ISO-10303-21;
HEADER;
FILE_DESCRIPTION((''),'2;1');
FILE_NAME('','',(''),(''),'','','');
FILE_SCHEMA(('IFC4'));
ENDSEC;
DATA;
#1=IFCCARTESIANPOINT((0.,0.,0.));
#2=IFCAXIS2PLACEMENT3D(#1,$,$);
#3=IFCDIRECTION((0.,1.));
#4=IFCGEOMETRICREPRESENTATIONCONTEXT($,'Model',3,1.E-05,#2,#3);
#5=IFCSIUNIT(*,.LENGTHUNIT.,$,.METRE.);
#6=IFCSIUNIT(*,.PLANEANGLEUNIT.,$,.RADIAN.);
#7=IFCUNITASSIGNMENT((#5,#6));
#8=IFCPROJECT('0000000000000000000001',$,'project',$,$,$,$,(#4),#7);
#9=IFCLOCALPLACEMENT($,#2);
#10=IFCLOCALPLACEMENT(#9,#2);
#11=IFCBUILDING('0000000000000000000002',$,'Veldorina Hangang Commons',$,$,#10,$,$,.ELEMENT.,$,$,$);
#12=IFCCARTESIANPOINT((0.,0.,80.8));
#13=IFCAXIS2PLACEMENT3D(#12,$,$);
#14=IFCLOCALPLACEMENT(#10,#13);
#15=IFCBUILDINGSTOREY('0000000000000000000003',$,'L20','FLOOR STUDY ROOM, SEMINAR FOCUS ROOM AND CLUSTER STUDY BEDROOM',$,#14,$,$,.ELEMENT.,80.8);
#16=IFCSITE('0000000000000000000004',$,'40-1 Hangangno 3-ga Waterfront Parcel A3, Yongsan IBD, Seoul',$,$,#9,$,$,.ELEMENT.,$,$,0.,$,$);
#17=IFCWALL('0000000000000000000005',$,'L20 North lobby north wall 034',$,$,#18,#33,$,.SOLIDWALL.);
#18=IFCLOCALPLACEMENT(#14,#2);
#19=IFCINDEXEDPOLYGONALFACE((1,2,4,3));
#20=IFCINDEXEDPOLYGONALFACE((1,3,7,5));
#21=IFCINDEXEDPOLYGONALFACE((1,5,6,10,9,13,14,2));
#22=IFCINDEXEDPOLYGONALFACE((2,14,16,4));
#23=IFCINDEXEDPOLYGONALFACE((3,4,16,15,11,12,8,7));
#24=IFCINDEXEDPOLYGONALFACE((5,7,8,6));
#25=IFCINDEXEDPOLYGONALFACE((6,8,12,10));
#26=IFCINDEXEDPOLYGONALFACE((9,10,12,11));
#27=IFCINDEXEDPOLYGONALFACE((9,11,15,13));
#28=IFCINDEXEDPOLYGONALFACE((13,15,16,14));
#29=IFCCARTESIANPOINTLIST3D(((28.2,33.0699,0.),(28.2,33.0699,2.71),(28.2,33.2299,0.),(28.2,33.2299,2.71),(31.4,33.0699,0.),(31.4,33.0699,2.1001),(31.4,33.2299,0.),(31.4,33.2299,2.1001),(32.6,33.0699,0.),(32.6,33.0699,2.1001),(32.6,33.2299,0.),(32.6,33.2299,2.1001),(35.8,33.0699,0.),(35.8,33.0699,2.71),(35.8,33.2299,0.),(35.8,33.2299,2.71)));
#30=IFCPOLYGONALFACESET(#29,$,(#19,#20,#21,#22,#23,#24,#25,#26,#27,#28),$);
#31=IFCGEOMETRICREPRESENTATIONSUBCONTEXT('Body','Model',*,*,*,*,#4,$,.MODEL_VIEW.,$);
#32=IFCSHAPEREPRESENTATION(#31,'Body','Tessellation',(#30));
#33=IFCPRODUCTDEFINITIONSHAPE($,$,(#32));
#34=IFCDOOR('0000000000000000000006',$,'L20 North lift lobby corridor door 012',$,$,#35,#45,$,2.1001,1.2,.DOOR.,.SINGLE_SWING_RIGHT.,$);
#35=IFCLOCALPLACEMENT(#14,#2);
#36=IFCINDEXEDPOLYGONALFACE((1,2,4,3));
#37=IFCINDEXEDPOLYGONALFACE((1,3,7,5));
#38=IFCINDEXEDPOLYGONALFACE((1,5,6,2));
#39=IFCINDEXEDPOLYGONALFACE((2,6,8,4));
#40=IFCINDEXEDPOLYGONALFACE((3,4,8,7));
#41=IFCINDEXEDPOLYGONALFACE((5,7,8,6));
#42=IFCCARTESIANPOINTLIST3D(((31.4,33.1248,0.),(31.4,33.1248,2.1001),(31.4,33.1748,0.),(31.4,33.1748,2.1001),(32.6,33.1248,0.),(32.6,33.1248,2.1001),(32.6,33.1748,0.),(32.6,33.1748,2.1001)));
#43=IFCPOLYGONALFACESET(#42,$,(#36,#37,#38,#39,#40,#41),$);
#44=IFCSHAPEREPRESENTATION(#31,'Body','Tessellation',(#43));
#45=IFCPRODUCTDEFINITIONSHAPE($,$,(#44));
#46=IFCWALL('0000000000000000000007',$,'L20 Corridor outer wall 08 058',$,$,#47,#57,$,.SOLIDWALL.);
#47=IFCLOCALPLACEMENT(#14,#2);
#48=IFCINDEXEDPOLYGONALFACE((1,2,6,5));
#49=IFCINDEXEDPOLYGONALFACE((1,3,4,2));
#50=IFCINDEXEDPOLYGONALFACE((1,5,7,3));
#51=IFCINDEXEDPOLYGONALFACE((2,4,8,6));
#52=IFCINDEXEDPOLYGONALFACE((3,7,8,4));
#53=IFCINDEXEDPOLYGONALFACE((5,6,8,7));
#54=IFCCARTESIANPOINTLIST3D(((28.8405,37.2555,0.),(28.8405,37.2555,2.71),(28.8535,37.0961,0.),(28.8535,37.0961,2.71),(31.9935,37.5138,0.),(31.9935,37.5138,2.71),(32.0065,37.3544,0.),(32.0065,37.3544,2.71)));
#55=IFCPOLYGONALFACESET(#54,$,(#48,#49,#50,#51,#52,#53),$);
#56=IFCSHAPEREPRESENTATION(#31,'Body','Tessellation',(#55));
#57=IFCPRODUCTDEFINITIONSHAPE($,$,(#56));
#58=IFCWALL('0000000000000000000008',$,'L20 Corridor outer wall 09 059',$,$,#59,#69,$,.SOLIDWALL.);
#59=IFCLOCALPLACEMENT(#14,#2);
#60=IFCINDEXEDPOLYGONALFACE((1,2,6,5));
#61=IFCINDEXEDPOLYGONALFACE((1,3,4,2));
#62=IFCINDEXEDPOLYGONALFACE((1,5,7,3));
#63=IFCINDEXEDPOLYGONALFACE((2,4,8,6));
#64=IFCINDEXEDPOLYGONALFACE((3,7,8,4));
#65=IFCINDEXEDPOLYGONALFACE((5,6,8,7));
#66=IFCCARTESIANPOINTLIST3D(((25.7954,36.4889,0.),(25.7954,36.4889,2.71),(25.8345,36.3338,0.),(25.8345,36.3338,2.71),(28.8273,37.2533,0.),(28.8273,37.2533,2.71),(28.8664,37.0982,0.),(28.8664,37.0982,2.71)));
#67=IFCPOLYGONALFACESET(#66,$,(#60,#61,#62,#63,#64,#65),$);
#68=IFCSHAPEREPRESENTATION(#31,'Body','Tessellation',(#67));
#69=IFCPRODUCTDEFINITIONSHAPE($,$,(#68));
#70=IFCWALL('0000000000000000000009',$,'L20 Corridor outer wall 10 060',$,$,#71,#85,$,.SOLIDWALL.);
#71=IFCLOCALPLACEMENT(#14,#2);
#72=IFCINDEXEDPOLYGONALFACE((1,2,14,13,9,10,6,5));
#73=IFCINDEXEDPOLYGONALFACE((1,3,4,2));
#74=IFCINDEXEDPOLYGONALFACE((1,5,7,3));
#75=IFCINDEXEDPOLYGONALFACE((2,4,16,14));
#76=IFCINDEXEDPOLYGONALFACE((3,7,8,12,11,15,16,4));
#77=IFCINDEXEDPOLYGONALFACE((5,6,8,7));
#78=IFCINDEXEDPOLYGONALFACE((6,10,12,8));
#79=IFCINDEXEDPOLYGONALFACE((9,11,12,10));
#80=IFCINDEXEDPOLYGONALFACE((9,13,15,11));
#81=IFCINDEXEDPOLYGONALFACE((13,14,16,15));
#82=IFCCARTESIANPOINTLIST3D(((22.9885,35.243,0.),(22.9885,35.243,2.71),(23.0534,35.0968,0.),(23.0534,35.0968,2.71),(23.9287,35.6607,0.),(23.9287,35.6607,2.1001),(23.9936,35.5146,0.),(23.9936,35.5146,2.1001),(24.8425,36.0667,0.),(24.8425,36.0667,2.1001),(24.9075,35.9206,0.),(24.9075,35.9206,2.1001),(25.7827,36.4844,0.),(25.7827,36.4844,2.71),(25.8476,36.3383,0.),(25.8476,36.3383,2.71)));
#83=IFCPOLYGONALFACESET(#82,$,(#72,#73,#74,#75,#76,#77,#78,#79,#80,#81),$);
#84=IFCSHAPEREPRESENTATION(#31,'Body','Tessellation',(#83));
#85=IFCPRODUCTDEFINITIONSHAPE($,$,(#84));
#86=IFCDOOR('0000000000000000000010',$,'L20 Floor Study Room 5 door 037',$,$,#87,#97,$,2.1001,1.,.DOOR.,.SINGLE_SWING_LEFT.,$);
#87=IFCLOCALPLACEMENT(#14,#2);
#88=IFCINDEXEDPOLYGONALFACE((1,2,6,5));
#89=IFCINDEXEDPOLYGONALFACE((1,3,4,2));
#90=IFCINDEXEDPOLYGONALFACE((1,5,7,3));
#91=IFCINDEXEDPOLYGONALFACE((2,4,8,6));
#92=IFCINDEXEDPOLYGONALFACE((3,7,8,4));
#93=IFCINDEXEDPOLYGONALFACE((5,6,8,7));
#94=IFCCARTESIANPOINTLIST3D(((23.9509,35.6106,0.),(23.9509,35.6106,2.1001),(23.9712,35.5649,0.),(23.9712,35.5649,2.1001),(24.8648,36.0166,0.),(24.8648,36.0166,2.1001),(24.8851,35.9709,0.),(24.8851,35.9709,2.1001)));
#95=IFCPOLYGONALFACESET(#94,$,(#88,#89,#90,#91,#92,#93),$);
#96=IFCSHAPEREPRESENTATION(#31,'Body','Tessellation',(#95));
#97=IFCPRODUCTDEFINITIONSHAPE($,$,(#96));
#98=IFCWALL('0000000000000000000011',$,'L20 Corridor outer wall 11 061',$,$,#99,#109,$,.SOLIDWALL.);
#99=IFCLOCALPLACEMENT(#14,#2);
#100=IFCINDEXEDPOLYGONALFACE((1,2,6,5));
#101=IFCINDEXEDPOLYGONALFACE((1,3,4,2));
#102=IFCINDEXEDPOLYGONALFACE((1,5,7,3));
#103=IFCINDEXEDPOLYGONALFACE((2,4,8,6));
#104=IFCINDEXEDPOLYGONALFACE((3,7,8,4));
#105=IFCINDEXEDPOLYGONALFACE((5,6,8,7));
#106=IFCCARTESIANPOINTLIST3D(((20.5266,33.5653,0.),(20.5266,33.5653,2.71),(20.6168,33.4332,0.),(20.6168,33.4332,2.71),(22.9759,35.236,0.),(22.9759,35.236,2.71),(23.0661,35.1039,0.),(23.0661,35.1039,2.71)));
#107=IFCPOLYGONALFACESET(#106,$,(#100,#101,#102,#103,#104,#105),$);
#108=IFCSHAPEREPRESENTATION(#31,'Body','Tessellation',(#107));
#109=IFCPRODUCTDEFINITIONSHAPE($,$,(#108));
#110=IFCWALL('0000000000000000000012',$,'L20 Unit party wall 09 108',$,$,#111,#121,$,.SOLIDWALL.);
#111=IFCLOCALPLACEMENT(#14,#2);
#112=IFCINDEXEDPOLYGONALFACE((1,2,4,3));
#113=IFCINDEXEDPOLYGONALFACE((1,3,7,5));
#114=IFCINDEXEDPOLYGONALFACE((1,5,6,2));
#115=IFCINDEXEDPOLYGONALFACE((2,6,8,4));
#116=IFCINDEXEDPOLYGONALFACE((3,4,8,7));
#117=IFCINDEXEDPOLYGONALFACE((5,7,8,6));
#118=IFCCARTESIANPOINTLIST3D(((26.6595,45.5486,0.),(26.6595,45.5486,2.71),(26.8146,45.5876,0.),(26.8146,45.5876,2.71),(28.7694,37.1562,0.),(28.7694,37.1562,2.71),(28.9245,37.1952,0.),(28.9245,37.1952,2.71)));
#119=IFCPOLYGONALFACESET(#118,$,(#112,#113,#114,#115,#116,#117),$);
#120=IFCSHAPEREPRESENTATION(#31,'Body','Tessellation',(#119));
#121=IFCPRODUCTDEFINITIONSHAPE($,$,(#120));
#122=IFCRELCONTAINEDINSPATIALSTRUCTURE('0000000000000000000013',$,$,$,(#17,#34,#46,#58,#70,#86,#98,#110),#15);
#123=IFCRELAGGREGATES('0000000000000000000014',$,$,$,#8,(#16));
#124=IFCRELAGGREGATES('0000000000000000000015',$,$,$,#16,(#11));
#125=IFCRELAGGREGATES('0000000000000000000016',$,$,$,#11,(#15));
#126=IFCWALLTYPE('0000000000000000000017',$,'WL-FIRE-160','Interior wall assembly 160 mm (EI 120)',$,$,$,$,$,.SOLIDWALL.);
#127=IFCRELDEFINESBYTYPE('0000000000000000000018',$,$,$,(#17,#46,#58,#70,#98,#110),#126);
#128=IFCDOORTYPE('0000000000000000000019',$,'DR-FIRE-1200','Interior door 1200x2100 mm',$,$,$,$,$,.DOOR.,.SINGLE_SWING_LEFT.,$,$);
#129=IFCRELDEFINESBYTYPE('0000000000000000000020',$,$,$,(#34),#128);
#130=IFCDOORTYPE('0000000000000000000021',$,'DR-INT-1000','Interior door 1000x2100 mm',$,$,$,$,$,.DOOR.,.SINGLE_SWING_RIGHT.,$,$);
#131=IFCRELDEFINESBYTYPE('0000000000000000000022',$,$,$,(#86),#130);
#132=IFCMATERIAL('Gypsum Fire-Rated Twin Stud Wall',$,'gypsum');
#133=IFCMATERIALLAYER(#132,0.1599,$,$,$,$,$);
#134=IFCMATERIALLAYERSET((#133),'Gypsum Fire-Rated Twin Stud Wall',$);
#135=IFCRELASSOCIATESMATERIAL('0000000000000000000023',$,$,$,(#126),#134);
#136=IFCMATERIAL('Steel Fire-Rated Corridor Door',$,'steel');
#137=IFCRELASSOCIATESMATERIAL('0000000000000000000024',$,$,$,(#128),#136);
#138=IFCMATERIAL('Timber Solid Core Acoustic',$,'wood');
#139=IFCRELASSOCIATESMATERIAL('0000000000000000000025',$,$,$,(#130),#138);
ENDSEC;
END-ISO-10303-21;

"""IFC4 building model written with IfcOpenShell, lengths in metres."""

from ifc_helpers import new_model, si_unit, direction, frame, frame_2d, origin, place, context, subcontext, project, spatial, rectangle, extrude, material, layer, layer_set, type_object, element, fill, save


model = new_model("IFC4")

# Units and contexts
model_context = context("Model", 3, precision=1e-05, world=origin(), true_north=direction((0.0, 1.0)))
body_context = subcontext(model_context, "Body", "Model", "MODEL_VIEW")
ifc_project = project(units=[si_unit("LENGTHUNIT", "METRE"), si_unit("PLANEANGLEUNIT", "RADIAN")], contexts=[model_context])

# Site, building, storey
site_placement = place(None, origin())
site = spatial("IfcSite", under=ifc_project, at=site_placement, Name="40-1 Hangangno 3-ga Waterfront Parcel A3, Yongsan IBD, Seoul", CompositionType="ELEMENT", RefElevation=0.0)
building_placement = place(site_placement, origin())
building = spatial("IfcBuilding", under=site, at=building_placement, Name="Veldorina Hangang Commons", CompositionType="ELEMENT")
storey_placement = place(building_placement, frame((0.0, 0.0, 80.8)))
storey = spatial("IfcBuildingStorey", under=building, at=storey_placement, Name="L20", Description="FLOOR STUDY ROOM, SEMINAR FOCUS ROOM AND CLUSTER STUDY BEDROOM", CompositionType="ELEMENT", Elevation=80.8)

# Wall, opening, door
ifc_material_1 = material(Name="Gypsum Fire-Rated Twin Stud Wall", Category="gypsum")
ifc_layer_1 = layer(ifc_material_1, 0.1599)
ifc_layer_set_1 = layer_set([ifc_layer_1], Name="Gypsum Fire-Rated Twin Stud Wall")
wall_type_1 = type_object("IfcWallType", Name="WL-FIRE-160", Description="Interior wall assembly 160 mm (EI 120)", PredefinedType="SOLIDWALL", material=ifc_layer_set_1)
wall_1_placement = place(storey_placement, frame((28.2, 33.1499, 0.0), z_axis=(0.0, 0.0, 1.0), x_axis=(1.0, 0.0, 0.0)))
wall_1 = element("IfcWall", 1, at=wall_1_placement, inside=storey, type_object=wall_type_1, Name="L20 North lobby north wall 034", PredefinedType="SOLIDWALL", context=body_context, shape_type="SweptSolid", body=[
    extrude(rectangle(XDim=7.6001, YDim=0.1599, at=frame_2d((3.8, 0.0))), origin(), (0.0, 0.0, 1.0), 2.71),
])
opening_1_placement = place(wall_1_placement, frame((3.2, 0.0, 0.0)))
opening_1 = element("IfcOpeningElement", 2, at=opening_1_placement, cuts=wall_1, PredefinedType="OPENING", context=body_context, shape_type="SweptSolid", body=[
    extrude(rectangle(XDim=1.2, YDim=2.1001, at=frame_2d((0.6001, 1.05))), frame((0.0, 0.0898, 0.0), z_axis=(0.0, -1.0, 0.0), x_axis=(1.0, 0.0, 0.0)), (0.0, 0.0, 1.0), 0.1799),
])
ifc_material_2 = material(Name="Steel Fire-Rated Corridor Door", Category="steel")
door_type_1 = type_object("IfcDoorType", Name="DR-FIRE-1200", Description="Interior door 1200x2100 mm", OperationType="SINGLE_SWING_LEFT", PredefinedType="DOOR", material=ifc_material_2)
door_1_placement = place(opening_1_placement, origin())
door_1 = element("IfcDoor", 3, at=door_1_placement, inside=storey, type_object=door_type_1, Name="L20 North lift lobby corridor door 012", OperationType="SINGLE_SWING_RIGHT", OverallHeight=2.1001, OverallWidth=1.2, PredefinedType="DOOR", context=body_context, shape_type="SweptSolid", body=[
    extrude(rectangle(XDim=1.2, YDim=2.1001, at=frame_2d((0.6001, 1.05))), frame((0.0, 0.0249, 0.0), z_axis=(0.0, -1.0, 0.0), x_axis=(1.0, 0.0, 0.0)), (0.0, 0.0, 1.0), 0.05),
])
fill(opening_1, door_1)

# Walls
wall_2_placement = place(storey_placement, frame((32.0, 37.4341, 0.0), z_axis=(0.0, 0.0, 1.0), x_axis=(-0.996661, -0.081647, 0.0)))
element("IfcWall", 4, at=wall_2_placement, inside=storey, type_object=wall_type_1, Name="L20 Corridor outer wall 08 058", PredefinedType="SOLIDWALL", context=body_context, shape_type="SweptSolid", body=[
    extrude(rectangle(XDim=3.1636, YDim=0.1599, at=frame_2d((1.5818, 0.0))), origin(), (0.0, 0.0, 1.0), 2.71),
])
wall_3_placement = place(storey_placement, frame((28.8469, 37.1758, 0.0), z_axis=(0.0, 0.0, 1.0), x_axis=(-0.969654, -0.244483, 0.0)))
element("IfcWall", 5, at=wall_3_placement, inside=storey, type_object=wall_type_1, Name="L20 Corridor outer wall 09 059", PredefinedType="SOLIDWALL", context=body_context, shape_type="SweptSolid", body=[
    extrude(rectangle(XDim=3.1267, YDim=0.1599, at=frame_2d((1.5635, 0.0))), origin(), (0.0, 0.0, 1.0), 2.71),
])

# Wall, opening, door
wall_4_placement = place(storey_placement, frame((25.8152, 36.4114, 0.0), z_axis=(0.0, 0.0, 1.0), x_axis=(-0.913861, -0.406027, 0.0)))
wall_4 = element("IfcWall", 6, at=wall_4_placement, inside=storey, type_object=wall_type_1, Name="L20 Corridor outer wall 10 060", PredefinedType="SOLIDWALL", context=body_context, shape_type="SweptSolid", body=[
    extrude(rectangle(XDim=3.0576, YDim=0.1599, at=frame_2d((1.5288, 0.0))), origin(), (0.0, 0.0, 1.0), 2.71),
])
opening_2_placement = place(wall_4_placement, frame((1.0288, 0.0, 0.0)))
opening_2 = element("IfcOpeningElement", 7, at=opening_2_placement, cuts=wall_4, PredefinedType="OPENING", context=body_context, shape_type="SweptSolid", body=[
    extrude(rectangle(XDim=1.0, YDim=2.1001, at=frame_2d((0.5, 1.05))), frame((0.0, 0.0898, 0.0), z_axis=(0.0, -1.0, 0.0), x_axis=(1.0, 0.0, 0.0)), (0.0, 0.0, 1.0), 0.1799),
])
ifc_material_3 = material(Name="Timber Solid Core Acoustic", Category="wood")
door_type_2 = type_object("IfcDoorType", Name="DR-INT-1000", Description="Interior door 1000x2100 mm", OperationType="SINGLE_SWING_RIGHT", PredefinedType="DOOR", material=ifc_material_3)
door_2_placement = place(opening_2_placement, origin())
door_2 = element("IfcDoor", 8, at=door_2_placement, inside=storey, type_object=door_type_2, Name="L20 Floor Study Room 5 door 037", OperationType="SINGLE_SWING_LEFT", OverallHeight=2.1001, OverallWidth=1.0, PredefinedType="DOOR", context=body_context, shape_type="SweptSolid", body=[
    extrude(rectangle(XDim=1.0, YDim=2.1001, at=frame_2d((0.5, 1.05))), frame((0.0, 0.0249, 0.0), z_axis=(0.0, -1.0, 0.0), x_axis=(1.0, 0.0, 0.0)), (0.0, 0.0, 1.0), 0.05),
])
fill(opening_2, door_2)

# Walls
wall_5_placement = place(storey_placement, frame((23.021, 35.1699, 0.0), z_axis=(0.0, 0.0, 1.0), x_axis=(-0.826112, -0.563505, 0.0)))
element("IfcWall", 9, at=wall_5_placement, inside=storey, type_object=wall_type_1, Name="L20 Corridor outer wall 11 061", PredefinedType="SOLIDWALL", context=body_context, shape_type="SweptSolid", body=[
    extrude(rectangle(XDim=2.9648, YDim=0.1599, at=frame_2d((1.4824, 0.0))), origin(), (0.0, 0.0, 1.0), 2.71),
])
wall_6_placement = place(storey_placement, frame((28.8469, 37.1758, 0.0), z_axis=(0.0, 0.0, 1.0), x_axis=(-0.243817, 0.969821, 0.0)))
element("IfcWall", 10, at=wall_6_placement, inside=storey, type_object=wall_type_1, Name="L20 Unit party wall 09 108", PredefinedType="SOLIDWALL", context=body_context, shape_type="SweptSolid", body=[
    extrude(rectangle(XDim=8.6536, YDim=0.1599, at=frame_2d((4.3267, 0.0))), origin(), (0.0, 0.0, 1.0), 2.71),
])

save(model, "model.ifc")
